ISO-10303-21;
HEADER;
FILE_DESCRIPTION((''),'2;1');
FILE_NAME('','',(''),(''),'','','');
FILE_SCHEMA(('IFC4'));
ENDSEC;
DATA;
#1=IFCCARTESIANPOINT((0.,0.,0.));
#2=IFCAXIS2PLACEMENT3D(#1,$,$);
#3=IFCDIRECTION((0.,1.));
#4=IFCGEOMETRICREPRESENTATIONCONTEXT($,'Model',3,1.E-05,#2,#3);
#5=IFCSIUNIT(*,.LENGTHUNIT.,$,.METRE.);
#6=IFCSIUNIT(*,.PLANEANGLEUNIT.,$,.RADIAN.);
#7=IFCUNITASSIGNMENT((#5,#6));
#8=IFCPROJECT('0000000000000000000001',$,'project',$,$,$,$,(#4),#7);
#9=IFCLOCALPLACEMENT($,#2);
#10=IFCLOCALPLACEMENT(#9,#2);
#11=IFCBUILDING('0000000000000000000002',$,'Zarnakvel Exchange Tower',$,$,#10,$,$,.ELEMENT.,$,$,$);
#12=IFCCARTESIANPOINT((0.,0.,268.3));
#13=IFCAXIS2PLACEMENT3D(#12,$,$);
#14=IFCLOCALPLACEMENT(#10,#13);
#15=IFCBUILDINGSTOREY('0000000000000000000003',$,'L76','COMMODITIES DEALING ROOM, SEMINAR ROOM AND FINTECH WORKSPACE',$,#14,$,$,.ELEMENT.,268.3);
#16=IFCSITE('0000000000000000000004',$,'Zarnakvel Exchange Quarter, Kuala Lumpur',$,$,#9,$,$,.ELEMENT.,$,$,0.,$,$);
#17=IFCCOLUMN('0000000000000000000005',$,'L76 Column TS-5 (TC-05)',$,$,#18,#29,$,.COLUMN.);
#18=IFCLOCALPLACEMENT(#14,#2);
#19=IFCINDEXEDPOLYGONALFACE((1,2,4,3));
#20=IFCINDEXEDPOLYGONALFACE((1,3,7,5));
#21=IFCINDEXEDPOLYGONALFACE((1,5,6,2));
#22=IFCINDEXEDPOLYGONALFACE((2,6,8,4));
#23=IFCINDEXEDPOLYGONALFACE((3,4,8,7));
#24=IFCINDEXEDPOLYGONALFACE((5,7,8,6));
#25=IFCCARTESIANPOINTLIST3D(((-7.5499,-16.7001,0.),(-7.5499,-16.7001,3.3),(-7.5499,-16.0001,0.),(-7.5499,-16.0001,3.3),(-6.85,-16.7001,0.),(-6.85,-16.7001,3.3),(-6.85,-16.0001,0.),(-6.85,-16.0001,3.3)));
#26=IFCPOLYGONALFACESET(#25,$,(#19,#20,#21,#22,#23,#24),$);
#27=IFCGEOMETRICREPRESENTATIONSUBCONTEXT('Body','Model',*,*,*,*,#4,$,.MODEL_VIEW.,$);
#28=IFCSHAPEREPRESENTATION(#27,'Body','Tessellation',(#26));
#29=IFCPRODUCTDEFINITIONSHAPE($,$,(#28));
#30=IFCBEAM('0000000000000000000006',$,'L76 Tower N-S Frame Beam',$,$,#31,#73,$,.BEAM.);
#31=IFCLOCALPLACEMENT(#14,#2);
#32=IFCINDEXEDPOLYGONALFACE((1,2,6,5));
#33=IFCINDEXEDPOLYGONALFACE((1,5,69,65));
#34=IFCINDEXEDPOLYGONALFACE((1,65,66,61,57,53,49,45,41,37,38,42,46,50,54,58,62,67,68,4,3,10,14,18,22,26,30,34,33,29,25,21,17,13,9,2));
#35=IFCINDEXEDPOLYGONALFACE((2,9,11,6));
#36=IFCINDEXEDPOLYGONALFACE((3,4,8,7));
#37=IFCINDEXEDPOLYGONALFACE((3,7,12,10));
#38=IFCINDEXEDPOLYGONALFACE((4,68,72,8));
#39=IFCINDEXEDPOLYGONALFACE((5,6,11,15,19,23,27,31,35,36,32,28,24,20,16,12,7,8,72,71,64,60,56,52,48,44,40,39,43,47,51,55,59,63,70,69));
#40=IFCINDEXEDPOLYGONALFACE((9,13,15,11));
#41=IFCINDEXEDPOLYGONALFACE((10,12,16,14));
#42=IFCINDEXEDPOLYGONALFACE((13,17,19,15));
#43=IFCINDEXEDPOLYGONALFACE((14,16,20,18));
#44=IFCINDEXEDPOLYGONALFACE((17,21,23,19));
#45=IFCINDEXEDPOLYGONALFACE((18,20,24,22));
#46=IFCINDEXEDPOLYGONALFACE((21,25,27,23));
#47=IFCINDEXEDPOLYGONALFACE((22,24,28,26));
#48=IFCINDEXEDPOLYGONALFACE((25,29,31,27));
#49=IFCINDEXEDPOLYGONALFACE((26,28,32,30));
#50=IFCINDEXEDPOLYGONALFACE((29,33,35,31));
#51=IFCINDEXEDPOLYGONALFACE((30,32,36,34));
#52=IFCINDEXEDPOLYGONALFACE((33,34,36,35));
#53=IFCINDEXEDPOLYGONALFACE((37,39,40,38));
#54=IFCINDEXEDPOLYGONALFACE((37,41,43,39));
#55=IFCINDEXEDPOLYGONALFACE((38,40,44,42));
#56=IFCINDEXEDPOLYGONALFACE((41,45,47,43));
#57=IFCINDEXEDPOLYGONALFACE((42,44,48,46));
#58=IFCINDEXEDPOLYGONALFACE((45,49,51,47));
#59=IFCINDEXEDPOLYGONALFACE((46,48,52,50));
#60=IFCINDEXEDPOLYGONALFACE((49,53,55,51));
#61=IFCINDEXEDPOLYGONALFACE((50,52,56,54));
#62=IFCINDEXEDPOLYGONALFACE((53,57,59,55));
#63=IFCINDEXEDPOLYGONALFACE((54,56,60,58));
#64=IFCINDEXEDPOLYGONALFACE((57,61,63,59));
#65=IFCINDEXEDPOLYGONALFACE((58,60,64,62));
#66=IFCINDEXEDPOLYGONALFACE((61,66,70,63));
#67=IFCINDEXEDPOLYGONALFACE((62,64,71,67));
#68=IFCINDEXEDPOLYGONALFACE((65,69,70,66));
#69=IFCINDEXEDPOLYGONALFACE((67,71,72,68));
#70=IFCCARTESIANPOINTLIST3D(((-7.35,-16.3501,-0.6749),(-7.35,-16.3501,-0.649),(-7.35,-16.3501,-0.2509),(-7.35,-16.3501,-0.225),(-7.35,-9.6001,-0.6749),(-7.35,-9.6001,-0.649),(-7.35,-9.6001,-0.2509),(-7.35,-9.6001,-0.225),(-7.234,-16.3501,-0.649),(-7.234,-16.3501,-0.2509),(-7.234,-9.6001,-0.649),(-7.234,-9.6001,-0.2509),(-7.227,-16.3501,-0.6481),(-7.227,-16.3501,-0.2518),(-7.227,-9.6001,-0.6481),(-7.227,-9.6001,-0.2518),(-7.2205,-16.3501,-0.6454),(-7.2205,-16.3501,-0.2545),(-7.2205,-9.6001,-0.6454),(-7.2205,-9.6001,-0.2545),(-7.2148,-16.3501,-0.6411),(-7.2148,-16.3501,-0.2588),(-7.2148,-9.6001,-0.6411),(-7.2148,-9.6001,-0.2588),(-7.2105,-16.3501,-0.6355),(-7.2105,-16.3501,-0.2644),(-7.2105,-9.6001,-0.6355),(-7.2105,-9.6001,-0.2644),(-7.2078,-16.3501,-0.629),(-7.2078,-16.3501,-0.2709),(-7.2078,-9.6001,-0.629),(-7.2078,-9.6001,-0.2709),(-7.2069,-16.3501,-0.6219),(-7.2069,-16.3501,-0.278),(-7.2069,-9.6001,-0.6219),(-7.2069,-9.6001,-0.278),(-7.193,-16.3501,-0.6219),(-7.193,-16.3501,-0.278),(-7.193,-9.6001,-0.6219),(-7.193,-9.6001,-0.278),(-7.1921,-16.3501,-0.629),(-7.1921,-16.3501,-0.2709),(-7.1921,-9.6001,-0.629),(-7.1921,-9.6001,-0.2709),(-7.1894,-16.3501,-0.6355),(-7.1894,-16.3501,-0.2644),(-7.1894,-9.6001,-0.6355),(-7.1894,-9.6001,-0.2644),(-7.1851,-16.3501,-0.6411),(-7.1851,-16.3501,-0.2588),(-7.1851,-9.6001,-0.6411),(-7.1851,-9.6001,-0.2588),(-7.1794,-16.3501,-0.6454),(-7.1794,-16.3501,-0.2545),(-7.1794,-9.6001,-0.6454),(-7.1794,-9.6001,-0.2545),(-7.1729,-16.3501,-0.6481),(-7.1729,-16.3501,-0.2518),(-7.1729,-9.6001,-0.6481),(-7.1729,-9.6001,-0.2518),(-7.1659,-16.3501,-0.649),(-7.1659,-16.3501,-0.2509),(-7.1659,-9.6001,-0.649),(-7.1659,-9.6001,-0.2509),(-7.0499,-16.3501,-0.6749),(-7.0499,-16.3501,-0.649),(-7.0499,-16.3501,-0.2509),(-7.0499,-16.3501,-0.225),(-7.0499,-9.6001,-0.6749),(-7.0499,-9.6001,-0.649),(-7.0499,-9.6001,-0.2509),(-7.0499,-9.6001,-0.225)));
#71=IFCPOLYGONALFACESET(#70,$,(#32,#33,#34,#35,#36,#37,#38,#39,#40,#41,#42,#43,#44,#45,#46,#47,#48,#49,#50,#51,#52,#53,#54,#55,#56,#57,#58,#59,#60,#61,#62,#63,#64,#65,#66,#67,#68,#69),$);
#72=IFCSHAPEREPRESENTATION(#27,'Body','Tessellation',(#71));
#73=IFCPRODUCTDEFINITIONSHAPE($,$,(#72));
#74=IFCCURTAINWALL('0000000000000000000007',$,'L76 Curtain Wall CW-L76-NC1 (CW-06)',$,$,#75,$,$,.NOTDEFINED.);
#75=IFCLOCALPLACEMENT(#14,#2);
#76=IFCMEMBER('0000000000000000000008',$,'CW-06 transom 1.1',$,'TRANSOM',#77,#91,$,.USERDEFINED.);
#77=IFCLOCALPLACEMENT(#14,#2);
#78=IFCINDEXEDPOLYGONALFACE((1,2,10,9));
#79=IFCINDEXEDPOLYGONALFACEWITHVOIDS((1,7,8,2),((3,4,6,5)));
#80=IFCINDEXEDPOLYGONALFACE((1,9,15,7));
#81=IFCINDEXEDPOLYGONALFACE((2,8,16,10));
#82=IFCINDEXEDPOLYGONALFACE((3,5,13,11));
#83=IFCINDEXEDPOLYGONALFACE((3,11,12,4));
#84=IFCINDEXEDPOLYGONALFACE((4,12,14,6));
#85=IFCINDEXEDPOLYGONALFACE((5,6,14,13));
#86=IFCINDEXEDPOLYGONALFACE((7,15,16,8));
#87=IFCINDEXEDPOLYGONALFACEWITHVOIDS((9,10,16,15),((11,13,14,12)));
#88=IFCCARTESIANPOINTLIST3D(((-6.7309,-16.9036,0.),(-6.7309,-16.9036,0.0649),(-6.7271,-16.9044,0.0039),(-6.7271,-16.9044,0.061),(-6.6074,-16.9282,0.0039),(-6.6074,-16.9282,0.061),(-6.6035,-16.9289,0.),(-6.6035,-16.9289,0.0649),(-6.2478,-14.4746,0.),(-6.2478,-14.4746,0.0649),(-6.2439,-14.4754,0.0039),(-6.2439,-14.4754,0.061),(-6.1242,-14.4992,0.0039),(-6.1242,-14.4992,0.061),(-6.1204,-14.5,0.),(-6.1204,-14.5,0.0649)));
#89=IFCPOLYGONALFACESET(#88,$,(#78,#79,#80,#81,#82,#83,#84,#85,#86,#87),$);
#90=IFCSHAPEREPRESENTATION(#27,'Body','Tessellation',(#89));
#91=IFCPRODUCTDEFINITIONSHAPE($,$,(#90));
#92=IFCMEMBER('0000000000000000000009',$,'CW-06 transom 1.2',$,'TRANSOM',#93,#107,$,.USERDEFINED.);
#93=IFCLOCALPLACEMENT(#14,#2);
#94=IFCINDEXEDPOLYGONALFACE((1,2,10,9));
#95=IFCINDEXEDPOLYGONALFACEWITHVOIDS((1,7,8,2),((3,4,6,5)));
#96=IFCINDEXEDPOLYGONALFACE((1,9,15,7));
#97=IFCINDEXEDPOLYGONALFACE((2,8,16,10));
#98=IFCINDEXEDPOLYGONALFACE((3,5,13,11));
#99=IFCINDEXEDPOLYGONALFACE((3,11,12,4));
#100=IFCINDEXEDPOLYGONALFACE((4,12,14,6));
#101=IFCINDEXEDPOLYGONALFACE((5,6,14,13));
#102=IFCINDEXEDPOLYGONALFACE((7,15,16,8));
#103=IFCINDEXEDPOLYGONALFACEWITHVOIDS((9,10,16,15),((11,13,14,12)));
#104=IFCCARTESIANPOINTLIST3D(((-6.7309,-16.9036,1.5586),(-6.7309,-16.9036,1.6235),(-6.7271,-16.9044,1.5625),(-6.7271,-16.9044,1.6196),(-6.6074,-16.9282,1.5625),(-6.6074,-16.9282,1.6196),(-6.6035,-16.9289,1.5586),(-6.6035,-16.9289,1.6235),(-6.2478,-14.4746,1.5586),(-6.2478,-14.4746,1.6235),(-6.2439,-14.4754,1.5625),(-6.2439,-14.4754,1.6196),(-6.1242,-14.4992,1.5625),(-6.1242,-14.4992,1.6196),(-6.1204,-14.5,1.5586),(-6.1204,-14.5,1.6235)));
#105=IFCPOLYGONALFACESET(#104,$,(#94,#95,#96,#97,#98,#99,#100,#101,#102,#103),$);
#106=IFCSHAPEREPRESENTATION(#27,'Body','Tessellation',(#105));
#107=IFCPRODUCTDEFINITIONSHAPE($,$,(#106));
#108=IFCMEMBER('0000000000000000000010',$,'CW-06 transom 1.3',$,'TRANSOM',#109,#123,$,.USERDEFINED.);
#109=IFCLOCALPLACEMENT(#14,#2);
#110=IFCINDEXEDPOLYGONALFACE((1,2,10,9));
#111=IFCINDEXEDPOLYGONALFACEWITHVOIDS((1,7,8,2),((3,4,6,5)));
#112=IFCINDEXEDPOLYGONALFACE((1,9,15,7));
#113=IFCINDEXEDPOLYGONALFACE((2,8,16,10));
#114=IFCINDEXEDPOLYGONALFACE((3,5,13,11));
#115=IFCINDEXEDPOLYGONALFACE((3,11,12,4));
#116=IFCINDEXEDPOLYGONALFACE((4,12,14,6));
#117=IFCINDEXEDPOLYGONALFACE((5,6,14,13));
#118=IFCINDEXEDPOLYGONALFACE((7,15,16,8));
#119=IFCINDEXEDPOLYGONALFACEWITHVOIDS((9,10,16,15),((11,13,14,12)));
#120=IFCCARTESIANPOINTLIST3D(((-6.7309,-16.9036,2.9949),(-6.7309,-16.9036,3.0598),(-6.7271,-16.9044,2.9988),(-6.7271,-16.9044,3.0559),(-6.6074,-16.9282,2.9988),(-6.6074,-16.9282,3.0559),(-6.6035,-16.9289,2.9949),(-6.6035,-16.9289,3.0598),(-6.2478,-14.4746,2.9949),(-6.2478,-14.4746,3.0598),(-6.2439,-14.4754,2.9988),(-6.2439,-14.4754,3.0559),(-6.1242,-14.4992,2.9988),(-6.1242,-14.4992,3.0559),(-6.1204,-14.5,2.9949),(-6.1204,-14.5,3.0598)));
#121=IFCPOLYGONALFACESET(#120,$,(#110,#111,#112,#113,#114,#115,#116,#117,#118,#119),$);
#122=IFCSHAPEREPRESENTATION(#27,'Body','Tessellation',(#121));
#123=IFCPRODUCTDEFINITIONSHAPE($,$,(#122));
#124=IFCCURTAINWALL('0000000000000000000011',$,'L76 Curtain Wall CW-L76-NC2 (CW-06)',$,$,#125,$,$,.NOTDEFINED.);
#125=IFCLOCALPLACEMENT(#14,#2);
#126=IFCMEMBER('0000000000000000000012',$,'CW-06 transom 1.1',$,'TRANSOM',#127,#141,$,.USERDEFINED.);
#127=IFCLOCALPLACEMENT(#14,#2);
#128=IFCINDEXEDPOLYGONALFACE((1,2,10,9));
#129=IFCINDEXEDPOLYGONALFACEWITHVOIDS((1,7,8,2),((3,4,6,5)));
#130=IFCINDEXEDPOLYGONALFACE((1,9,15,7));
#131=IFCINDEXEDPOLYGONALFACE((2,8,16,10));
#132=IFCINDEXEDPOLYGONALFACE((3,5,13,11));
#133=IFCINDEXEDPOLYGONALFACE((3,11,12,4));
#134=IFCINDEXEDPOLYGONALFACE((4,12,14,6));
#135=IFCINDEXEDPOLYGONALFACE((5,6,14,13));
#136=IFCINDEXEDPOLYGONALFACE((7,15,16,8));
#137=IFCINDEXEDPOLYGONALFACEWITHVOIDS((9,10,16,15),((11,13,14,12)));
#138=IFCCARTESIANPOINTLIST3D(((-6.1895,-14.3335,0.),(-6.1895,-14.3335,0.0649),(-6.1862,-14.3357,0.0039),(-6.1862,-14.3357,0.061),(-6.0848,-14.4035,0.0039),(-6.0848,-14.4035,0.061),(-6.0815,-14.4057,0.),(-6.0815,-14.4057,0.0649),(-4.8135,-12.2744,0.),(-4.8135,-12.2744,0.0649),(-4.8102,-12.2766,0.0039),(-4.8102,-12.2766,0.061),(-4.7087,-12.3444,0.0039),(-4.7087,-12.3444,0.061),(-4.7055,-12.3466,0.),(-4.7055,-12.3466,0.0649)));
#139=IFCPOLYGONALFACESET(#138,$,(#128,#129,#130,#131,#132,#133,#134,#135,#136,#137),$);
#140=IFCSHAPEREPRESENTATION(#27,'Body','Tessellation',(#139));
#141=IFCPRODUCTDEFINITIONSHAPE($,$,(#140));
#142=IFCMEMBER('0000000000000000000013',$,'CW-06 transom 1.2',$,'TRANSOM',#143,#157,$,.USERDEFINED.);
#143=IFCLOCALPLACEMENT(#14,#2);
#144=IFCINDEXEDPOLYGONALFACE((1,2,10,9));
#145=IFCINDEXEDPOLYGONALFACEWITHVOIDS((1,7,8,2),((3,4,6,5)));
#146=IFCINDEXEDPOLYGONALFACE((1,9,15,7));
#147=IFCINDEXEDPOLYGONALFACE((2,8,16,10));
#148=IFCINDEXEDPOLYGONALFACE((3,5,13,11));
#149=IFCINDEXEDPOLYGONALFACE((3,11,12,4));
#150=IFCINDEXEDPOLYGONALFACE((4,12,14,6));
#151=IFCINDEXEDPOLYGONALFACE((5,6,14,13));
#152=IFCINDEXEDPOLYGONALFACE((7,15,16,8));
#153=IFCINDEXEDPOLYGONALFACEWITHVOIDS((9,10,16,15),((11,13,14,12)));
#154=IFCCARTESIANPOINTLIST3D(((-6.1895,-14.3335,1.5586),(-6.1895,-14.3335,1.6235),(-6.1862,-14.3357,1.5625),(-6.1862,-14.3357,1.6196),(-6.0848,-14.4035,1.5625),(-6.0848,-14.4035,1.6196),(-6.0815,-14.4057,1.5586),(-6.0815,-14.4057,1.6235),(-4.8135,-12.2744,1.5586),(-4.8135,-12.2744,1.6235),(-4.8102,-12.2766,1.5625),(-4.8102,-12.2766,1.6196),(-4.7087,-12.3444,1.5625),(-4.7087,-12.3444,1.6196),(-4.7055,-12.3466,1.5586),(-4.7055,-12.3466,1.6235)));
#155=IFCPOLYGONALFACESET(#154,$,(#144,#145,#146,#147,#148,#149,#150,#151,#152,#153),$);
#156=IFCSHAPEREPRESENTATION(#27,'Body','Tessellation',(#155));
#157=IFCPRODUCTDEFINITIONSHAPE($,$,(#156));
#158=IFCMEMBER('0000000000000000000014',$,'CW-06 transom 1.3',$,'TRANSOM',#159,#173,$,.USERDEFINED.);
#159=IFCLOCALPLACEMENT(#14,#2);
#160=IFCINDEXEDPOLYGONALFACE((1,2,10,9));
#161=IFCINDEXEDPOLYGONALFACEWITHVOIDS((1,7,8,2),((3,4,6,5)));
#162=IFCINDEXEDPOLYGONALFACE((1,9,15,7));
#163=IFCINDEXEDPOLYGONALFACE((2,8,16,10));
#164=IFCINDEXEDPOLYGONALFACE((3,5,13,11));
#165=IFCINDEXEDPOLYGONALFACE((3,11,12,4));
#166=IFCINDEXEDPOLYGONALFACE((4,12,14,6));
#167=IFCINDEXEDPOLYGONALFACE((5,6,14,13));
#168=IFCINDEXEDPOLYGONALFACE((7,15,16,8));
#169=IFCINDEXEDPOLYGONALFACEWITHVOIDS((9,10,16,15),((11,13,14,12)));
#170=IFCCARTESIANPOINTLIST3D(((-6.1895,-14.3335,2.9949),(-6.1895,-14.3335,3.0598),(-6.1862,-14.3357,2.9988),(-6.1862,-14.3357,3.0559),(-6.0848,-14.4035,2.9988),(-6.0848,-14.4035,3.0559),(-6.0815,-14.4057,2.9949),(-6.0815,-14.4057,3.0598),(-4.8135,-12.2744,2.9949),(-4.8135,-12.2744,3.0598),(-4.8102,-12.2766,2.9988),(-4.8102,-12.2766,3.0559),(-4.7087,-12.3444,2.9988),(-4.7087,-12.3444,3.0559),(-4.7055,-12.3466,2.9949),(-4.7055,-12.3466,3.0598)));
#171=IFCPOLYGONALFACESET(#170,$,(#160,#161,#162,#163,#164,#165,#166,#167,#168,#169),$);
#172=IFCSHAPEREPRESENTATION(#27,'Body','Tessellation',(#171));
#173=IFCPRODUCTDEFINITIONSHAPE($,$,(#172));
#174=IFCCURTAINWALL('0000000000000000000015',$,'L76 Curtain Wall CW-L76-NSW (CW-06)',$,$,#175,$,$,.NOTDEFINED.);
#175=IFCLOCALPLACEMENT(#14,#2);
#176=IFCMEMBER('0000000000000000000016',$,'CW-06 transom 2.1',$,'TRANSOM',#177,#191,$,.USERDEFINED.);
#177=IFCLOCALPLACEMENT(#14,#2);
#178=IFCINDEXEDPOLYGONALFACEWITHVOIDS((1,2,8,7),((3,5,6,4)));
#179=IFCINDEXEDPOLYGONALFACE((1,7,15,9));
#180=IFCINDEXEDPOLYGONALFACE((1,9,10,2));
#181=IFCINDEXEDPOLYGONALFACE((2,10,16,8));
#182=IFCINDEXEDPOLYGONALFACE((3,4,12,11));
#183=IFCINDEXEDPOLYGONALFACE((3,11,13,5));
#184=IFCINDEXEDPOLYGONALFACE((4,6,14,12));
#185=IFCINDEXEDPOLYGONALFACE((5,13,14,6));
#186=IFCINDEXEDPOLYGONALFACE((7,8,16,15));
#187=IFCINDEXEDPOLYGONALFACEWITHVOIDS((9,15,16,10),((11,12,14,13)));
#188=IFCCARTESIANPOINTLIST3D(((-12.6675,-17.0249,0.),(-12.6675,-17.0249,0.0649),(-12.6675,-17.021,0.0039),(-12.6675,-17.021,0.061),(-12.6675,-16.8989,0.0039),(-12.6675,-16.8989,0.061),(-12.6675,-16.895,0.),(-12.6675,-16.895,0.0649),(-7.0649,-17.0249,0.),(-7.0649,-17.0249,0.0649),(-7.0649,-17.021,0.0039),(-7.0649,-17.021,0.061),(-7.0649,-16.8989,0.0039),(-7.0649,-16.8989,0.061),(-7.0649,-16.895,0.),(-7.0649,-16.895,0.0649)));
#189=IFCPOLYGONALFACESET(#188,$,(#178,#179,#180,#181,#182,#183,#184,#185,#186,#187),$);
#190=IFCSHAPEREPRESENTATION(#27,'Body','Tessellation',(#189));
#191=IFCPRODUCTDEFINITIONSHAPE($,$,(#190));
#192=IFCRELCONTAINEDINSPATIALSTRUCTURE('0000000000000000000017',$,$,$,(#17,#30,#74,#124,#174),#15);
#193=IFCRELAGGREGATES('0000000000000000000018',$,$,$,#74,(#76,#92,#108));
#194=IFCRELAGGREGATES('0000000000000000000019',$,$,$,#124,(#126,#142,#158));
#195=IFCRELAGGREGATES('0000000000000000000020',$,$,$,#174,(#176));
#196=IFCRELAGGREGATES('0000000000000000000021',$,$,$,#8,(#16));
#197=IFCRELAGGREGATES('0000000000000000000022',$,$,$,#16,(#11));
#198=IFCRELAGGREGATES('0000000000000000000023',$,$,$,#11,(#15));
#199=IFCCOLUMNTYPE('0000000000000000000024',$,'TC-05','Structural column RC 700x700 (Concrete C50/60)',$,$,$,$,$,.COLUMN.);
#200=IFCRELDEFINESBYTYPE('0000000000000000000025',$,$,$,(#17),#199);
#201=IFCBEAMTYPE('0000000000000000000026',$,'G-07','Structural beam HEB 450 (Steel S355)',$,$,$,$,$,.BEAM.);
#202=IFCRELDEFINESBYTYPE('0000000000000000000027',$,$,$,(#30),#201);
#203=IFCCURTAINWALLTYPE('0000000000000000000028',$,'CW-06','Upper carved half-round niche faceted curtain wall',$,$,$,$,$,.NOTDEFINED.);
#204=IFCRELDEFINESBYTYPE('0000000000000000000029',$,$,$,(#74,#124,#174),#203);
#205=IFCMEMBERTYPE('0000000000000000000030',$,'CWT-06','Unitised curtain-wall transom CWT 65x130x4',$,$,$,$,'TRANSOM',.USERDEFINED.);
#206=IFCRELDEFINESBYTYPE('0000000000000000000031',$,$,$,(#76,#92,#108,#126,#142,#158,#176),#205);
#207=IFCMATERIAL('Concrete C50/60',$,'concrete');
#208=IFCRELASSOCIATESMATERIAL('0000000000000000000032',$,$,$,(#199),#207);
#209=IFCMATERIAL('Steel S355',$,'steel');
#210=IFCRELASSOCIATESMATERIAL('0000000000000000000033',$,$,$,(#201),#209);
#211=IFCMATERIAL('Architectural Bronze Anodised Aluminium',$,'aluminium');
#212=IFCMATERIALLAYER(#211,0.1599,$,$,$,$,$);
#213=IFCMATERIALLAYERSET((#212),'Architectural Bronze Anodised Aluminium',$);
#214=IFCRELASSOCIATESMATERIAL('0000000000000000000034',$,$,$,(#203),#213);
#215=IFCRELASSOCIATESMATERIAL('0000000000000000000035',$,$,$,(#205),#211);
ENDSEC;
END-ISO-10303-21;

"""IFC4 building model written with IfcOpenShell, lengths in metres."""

from ifc_helpers import new_model, si_unit, direction, frame, origin, origin_2d, place, context, subcontext, project, spatial, rectangle, hollow_rectangle, i_section, extrude, source, transform, mapped, material, layer, layer_set, material_profile, profile_set, type_object, element, aggregate, save


model = new_model("IFC4")

# Units and contexts
model_context = context("Model", 3, precision=1e-05, world=origin(), true_north=direction((0.0, 1.0)))
body_context = subcontext(model_context, "Body", "Model", "MODEL_VIEW")
ifc_project = project(units=[si_unit("LENGTHUNIT", "METRE"), si_unit("PLANEANGLEUNIT", "RADIAN")], contexts=[model_context])

# Site, building, storey
site_placement = place(None, origin())
site = spatial("IfcSite", under=ifc_project, at=site_placement, Name="Zarnakvel Exchange Quarter, Kuala Lumpur", CompositionType="ELEMENT", RefElevation=0.0)
building_placement = place(site_placement, origin())
building = spatial("IfcBuilding", under=site, at=building_placement, Name="Zarnakvel Exchange Tower", CompositionType="ELEMENT")
storey_placement = place(building_placement, frame((0.0, 0.0, 268.3)))
storey = spatial("IfcBuildingStorey", under=building, at=storey_placement, Name="L76", Description="COMMODITIES DEALING ROOM, SEMINAR ROOM AND FINTECH WORKSPACE", CompositionType="ELEMENT", Elevation=268.3)

# Column
ifc_material_1 = material(Name="Concrete C50/60", Category="concrete")
ifc_material_profile_1 = material_profile(ifc_material_1, rectangle(XDim=0.7, YDim=0.7, at=origin_2d()))
ifc_profile_set_1 = profile_set([ifc_material_profile_1], Name="Concrete C50/60")
column_type = type_object("IfcColumnType", Name="TC-05", Description="Structural column RC 700x700 (Concrete C50/60)", PredefinedType="COLUMN", material=ifc_profile_set_1)
column_placement = place(storey_placement, frame((-7.2, -16.3501, 0.0), z_axis=(0.0, 0.0, 1.0), x_axis=(1.0, 0.0, 0.0)))
element("IfcColumn", 1, at=column_placement, inside=storey, type_object=column_type, Name="L76 Column TS-5 (TC-05)", PredefinedType="COLUMN", context=body_context, shape_type="SweptSolid", body=[
    extrude(rectangle(XDim=0.7, YDim=0.7, at=origin_2d()), origin(), (0.0, 0.0, 1.0), 3.3),
])

# Beam
ifc_material_2 = material(Name="Steel S355", Category="steel")
ifc_material_profile_2 = material_profile(ifc_material_2, i_section(OverallWidth=0.3, OverallDepth=0.45, WebThickness=0.0139, FlangeThickness=0.0259, FilletRadius=0.0271, at=origin_2d()))
ifc_profile_set_2 = profile_set([ifc_material_profile_2], Name="Steel S355")
beam_type = type_object("IfcBeamType", Name="G-07", Description="Structural beam HEB 450 (Steel S355)", PredefinedType="BEAM", material=ifc_profile_set_2)
beam_placement = place(storey_placement, frame((-7.2, -16.3501, -0.45), z_axis=(0.0, 1.0, 0.0), x_axis=(-1.0, 0.0, 0.0)))
element("IfcBeam", 2, at=beam_placement, inside=storey, type_object=beam_type, Name="L76 Tower N-S Frame Beam", PredefinedType="BEAM", context=body_context, shape_type="SweptSolid", body=[
    extrude(i_section(OverallWidth=0.3, OverallDepth=0.45, WebThickness=0.0139, FlangeThickness=0.0259, FilletRadius=0.0271, at=origin_2d()), origin(), (0.0, 0.0, 1.0), 6.75),
])

# Curtain walls, members
ifc_material_3 = material(Name="Architectural Bronze Anodised Aluminium", Category="aluminium")
ifc_layer_1 = layer(ifc_material_3, 0.1599)
ifc_layer_set_1 = layer_set([ifc_layer_1], Name="Architectural Bronze Anodised Aluminium")
curtain_wall_type = type_object("IfcCurtainWallType", Name="CW-06", Description="Upper carved half-round niche faceted curtain wall", PredefinedType="NOTDEFINED", material=ifc_layer_set_1)
curtain_wall_1_placement = place(storey_placement, origin())
curtain_wall_1 = element("IfcCurtainWall", 3, at=curtain_wall_1_placement, inside=storey, type_object=curtain_wall_type, Name="L76 Curtain Wall CW-L76-NC1 (CW-06)", PredefinedType="NOTDEFINED")
ifc_material_profile_3 = material_profile(ifc_material_3, hollow_rectangle(XDim=0.1299, YDim=0.0649, WallThickness=0.0039, at=origin_2d()))
ifc_profile_set_3 = profile_set([ifc_material_profile_3], Name="Architectural Bronze Anodised Aluminium")
member_type_1 = type_object("IfcMemberType", Name="CWT-06", Description="Unitised curtain-wall transom CWT 65x130x4", ElementType="TRANSOM", PredefinedType="USERDEFINED", material=ifc_profile_set_3)
shared_shape_1 = source(origin(), body_context, "Body", "SweptSolid", [
    extrude(hollow_rectangle(XDim=0.1299, YDim=0.0649, WallThickness=0.0039, at=origin_2d()), origin(), (0.0, 0.0, 1.0), 2.4766),
])
member_1_placement = place(storey_placement, frame((-6.6672, -16.9163, 0.0325), z_axis=(0.195092, 0.980785, 0.0), x_axis=(-0.980785, 0.195092, 0.0)))
member_1 = element("IfcMember", 4, at=member_1_placement, type_object=member_type_1, Name="CW-06 transom 1.1", ObjectType="TRANSOM", PredefinedType="USERDEFINED", context=body_context, shape_type="MappedRepresentation", body=[
    mapped(shared_shape_1, transform((0.0, 0.0, 0.0), x_axis=(1.0, 0.0, 0.0), y_axis=(0.0, 1.0, 0.0), z_axis=(0.0, 0.0, 1.0), scale=1.0)),
])
member_2_placement = place(storey_placement, frame((-6.6672, -16.9163, 1.5911), z_axis=(0.195092, 0.980785, 0.0), x_axis=(-0.980785, 0.195092, 0.0)))
member_2 = element("IfcMember", 5, at=member_2_placement, type_object=member_type_1, Name="CW-06 transom 1.2", ObjectType="TRANSOM", PredefinedType="USERDEFINED", context=body_context, shape_type="MappedRepresentation", body=[
    mapped(shared_shape_1, transform((0.0, 0.0, 0.0), x_axis=(1.0, 0.0, 0.0), y_axis=(0.0, 1.0, 0.0), z_axis=(0.0, 0.0, 1.0), scale=1.0)),
])
member_3_placement = place(storey_placement, frame((-6.6672, -16.9163, 3.0273), z_axis=(0.195092, 0.980785, 0.0), x_axis=(-0.980785, 0.195092, 0.0)))
member_3 = element("IfcMember", 6, at=member_3_placement, type_object=member_type_1, Name="CW-06 transom 1.3", ObjectType="TRANSOM", PredefinedType="USERDEFINED", context=body_context, shape_type="MappedRepresentation", body=[
    mapped(shared_shape_1, transform((0.0, 0.0, 0.0), x_axis=(1.0, 0.0, 0.0), y_axis=(0.0, 1.0, 0.0), z_axis=(0.0, 0.0, 1.0), scale=1.0)),
])
curtain_wall_2_placement = place(storey_placement, origin())
curtain_wall_2 = element("IfcCurtainWall", 7, at=curtain_wall_2_placement, inside=storey, type_object=curtain_wall_type, Name="L76 Curtain Wall CW-L76-NC2 (CW-06)", PredefinedType="NOTDEFINED")
member_4_placement = place(storey_placement, frame((-6.1355, -14.3696, 0.0325), z_axis=(0.55561, 0.831443, 0.0), x_axis=(-0.831443, 0.55561, 0.0)))
member_4 = element("IfcMember", 8, at=member_4_placement, type_object=member_type_1, Name="CW-06 transom 1.1", ObjectType="TRANSOM", PredefinedType="USERDEFINED", context=body_context, shape_type="MappedRepresentation", body=[
    mapped(shared_shape_1, transform((0.0, 0.0, 0.0), x_axis=(1.0, 0.0, 0.0), y_axis=(0.0, 1.0, 0.0), z_axis=(0.0, 0.0, 1.0), scale=1.0)),
])
member_5_placement = place(storey_placement, frame((-6.1355, -14.3696, 1.5911), z_axis=(0.55561, 0.831443, 0.0), x_axis=(-0.831443, 0.55561, 0.0)))
member_5 = element("IfcMember", 9, at=member_5_placement, type_object=member_type_1, Name="CW-06 transom 1.2", ObjectType="TRANSOM", PredefinedType="USERDEFINED", context=body_context, shape_type="MappedRepresentation", body=[
    mapped(shared_shape_1, transform((0.0, 0.0, 0.0), x_axis=(1.0, 0.0, 0.0), y_axis=(0.0, 1.0, 0.0), z_axis=(0.0, 0.0, 1.0), scale=1.0)),
])
member_6_placement = place(storey_placement, frame((-6.1355, -14.3696, 3.0273), z_axis=(0.55561, 0.831443, 0.0), x_axis=(-0.831443, 0.55561, 0.0)))
member_6 = element("IfcMember", 10, at=member_6_placement, type_object=member_type_1, Name="CW-06 transom 1.3", ObjectType="TRANSOM", PredefinedType="USERDEFINED", context=body_context, shape_type="MappedRepresentation", body=[
    mapped(shared_shape_1, transform((0.0, 0.0, 0.0), x_axis=(1.0, 0.0, 0.0), y_axis=(0.0, 1.0, 0.0), z_axis=(0.0, 0.0, 1.0), scale=1.0)),
])
curtain_wall_3_placement = place(storey_placement, origin())
curtain_wall_3 = element("IfcCurtainWall", 11, at=curtain_wall_3_placement, inside=storey, type_object=curtain_wall_type, Name="L76 Curtain Wall CW-L76-NSW (CW-06)", PredefinedType="NOTDEFINED")
shared_shape_2 = source(origin(), body_context, "Body", "SweptSolid", [
    extrude(hollow_rectangle(XDim=0.1299, YDim=0.0649, WallThickness=0.0039, at=origin_2d()), origin(), (0.0, 0.0, 1.0), 5.6025),
])
member_7_placement = place(storey_placement, frame((-12.6675, -16.96, 0.0325), z_axis=(1.0, 0.0, 0.0), x_axis=(0.0, 1.0, 0.0)))
member_7 = element("IfcMember", 12, at=member_7_placement, type_object=member_type_1, Name="CW-06 transom 2.1", ObjectType="TRANSOM", PredefinedType="USERDEFINED", context=body_context, shape_type="MappedRepresentation", body=[
    mapped(shared_shape_2, transform((0.0, 0.0, 0.0), x_axis=(1.0, 0.0, 0.0), y_axis=(0.0, 1.0, 0.0), z_axis=(0.0, 0.0, 1.0), scale=1.0)),
])

aggregate(curtain_wall_1, [member_1, member_2, member_3])
aggregate(curtain_wall_2, [member_4, member_5, member_6])
aggregate(curtain_wall_3, [member_7])

save(model, "model.ifc")
